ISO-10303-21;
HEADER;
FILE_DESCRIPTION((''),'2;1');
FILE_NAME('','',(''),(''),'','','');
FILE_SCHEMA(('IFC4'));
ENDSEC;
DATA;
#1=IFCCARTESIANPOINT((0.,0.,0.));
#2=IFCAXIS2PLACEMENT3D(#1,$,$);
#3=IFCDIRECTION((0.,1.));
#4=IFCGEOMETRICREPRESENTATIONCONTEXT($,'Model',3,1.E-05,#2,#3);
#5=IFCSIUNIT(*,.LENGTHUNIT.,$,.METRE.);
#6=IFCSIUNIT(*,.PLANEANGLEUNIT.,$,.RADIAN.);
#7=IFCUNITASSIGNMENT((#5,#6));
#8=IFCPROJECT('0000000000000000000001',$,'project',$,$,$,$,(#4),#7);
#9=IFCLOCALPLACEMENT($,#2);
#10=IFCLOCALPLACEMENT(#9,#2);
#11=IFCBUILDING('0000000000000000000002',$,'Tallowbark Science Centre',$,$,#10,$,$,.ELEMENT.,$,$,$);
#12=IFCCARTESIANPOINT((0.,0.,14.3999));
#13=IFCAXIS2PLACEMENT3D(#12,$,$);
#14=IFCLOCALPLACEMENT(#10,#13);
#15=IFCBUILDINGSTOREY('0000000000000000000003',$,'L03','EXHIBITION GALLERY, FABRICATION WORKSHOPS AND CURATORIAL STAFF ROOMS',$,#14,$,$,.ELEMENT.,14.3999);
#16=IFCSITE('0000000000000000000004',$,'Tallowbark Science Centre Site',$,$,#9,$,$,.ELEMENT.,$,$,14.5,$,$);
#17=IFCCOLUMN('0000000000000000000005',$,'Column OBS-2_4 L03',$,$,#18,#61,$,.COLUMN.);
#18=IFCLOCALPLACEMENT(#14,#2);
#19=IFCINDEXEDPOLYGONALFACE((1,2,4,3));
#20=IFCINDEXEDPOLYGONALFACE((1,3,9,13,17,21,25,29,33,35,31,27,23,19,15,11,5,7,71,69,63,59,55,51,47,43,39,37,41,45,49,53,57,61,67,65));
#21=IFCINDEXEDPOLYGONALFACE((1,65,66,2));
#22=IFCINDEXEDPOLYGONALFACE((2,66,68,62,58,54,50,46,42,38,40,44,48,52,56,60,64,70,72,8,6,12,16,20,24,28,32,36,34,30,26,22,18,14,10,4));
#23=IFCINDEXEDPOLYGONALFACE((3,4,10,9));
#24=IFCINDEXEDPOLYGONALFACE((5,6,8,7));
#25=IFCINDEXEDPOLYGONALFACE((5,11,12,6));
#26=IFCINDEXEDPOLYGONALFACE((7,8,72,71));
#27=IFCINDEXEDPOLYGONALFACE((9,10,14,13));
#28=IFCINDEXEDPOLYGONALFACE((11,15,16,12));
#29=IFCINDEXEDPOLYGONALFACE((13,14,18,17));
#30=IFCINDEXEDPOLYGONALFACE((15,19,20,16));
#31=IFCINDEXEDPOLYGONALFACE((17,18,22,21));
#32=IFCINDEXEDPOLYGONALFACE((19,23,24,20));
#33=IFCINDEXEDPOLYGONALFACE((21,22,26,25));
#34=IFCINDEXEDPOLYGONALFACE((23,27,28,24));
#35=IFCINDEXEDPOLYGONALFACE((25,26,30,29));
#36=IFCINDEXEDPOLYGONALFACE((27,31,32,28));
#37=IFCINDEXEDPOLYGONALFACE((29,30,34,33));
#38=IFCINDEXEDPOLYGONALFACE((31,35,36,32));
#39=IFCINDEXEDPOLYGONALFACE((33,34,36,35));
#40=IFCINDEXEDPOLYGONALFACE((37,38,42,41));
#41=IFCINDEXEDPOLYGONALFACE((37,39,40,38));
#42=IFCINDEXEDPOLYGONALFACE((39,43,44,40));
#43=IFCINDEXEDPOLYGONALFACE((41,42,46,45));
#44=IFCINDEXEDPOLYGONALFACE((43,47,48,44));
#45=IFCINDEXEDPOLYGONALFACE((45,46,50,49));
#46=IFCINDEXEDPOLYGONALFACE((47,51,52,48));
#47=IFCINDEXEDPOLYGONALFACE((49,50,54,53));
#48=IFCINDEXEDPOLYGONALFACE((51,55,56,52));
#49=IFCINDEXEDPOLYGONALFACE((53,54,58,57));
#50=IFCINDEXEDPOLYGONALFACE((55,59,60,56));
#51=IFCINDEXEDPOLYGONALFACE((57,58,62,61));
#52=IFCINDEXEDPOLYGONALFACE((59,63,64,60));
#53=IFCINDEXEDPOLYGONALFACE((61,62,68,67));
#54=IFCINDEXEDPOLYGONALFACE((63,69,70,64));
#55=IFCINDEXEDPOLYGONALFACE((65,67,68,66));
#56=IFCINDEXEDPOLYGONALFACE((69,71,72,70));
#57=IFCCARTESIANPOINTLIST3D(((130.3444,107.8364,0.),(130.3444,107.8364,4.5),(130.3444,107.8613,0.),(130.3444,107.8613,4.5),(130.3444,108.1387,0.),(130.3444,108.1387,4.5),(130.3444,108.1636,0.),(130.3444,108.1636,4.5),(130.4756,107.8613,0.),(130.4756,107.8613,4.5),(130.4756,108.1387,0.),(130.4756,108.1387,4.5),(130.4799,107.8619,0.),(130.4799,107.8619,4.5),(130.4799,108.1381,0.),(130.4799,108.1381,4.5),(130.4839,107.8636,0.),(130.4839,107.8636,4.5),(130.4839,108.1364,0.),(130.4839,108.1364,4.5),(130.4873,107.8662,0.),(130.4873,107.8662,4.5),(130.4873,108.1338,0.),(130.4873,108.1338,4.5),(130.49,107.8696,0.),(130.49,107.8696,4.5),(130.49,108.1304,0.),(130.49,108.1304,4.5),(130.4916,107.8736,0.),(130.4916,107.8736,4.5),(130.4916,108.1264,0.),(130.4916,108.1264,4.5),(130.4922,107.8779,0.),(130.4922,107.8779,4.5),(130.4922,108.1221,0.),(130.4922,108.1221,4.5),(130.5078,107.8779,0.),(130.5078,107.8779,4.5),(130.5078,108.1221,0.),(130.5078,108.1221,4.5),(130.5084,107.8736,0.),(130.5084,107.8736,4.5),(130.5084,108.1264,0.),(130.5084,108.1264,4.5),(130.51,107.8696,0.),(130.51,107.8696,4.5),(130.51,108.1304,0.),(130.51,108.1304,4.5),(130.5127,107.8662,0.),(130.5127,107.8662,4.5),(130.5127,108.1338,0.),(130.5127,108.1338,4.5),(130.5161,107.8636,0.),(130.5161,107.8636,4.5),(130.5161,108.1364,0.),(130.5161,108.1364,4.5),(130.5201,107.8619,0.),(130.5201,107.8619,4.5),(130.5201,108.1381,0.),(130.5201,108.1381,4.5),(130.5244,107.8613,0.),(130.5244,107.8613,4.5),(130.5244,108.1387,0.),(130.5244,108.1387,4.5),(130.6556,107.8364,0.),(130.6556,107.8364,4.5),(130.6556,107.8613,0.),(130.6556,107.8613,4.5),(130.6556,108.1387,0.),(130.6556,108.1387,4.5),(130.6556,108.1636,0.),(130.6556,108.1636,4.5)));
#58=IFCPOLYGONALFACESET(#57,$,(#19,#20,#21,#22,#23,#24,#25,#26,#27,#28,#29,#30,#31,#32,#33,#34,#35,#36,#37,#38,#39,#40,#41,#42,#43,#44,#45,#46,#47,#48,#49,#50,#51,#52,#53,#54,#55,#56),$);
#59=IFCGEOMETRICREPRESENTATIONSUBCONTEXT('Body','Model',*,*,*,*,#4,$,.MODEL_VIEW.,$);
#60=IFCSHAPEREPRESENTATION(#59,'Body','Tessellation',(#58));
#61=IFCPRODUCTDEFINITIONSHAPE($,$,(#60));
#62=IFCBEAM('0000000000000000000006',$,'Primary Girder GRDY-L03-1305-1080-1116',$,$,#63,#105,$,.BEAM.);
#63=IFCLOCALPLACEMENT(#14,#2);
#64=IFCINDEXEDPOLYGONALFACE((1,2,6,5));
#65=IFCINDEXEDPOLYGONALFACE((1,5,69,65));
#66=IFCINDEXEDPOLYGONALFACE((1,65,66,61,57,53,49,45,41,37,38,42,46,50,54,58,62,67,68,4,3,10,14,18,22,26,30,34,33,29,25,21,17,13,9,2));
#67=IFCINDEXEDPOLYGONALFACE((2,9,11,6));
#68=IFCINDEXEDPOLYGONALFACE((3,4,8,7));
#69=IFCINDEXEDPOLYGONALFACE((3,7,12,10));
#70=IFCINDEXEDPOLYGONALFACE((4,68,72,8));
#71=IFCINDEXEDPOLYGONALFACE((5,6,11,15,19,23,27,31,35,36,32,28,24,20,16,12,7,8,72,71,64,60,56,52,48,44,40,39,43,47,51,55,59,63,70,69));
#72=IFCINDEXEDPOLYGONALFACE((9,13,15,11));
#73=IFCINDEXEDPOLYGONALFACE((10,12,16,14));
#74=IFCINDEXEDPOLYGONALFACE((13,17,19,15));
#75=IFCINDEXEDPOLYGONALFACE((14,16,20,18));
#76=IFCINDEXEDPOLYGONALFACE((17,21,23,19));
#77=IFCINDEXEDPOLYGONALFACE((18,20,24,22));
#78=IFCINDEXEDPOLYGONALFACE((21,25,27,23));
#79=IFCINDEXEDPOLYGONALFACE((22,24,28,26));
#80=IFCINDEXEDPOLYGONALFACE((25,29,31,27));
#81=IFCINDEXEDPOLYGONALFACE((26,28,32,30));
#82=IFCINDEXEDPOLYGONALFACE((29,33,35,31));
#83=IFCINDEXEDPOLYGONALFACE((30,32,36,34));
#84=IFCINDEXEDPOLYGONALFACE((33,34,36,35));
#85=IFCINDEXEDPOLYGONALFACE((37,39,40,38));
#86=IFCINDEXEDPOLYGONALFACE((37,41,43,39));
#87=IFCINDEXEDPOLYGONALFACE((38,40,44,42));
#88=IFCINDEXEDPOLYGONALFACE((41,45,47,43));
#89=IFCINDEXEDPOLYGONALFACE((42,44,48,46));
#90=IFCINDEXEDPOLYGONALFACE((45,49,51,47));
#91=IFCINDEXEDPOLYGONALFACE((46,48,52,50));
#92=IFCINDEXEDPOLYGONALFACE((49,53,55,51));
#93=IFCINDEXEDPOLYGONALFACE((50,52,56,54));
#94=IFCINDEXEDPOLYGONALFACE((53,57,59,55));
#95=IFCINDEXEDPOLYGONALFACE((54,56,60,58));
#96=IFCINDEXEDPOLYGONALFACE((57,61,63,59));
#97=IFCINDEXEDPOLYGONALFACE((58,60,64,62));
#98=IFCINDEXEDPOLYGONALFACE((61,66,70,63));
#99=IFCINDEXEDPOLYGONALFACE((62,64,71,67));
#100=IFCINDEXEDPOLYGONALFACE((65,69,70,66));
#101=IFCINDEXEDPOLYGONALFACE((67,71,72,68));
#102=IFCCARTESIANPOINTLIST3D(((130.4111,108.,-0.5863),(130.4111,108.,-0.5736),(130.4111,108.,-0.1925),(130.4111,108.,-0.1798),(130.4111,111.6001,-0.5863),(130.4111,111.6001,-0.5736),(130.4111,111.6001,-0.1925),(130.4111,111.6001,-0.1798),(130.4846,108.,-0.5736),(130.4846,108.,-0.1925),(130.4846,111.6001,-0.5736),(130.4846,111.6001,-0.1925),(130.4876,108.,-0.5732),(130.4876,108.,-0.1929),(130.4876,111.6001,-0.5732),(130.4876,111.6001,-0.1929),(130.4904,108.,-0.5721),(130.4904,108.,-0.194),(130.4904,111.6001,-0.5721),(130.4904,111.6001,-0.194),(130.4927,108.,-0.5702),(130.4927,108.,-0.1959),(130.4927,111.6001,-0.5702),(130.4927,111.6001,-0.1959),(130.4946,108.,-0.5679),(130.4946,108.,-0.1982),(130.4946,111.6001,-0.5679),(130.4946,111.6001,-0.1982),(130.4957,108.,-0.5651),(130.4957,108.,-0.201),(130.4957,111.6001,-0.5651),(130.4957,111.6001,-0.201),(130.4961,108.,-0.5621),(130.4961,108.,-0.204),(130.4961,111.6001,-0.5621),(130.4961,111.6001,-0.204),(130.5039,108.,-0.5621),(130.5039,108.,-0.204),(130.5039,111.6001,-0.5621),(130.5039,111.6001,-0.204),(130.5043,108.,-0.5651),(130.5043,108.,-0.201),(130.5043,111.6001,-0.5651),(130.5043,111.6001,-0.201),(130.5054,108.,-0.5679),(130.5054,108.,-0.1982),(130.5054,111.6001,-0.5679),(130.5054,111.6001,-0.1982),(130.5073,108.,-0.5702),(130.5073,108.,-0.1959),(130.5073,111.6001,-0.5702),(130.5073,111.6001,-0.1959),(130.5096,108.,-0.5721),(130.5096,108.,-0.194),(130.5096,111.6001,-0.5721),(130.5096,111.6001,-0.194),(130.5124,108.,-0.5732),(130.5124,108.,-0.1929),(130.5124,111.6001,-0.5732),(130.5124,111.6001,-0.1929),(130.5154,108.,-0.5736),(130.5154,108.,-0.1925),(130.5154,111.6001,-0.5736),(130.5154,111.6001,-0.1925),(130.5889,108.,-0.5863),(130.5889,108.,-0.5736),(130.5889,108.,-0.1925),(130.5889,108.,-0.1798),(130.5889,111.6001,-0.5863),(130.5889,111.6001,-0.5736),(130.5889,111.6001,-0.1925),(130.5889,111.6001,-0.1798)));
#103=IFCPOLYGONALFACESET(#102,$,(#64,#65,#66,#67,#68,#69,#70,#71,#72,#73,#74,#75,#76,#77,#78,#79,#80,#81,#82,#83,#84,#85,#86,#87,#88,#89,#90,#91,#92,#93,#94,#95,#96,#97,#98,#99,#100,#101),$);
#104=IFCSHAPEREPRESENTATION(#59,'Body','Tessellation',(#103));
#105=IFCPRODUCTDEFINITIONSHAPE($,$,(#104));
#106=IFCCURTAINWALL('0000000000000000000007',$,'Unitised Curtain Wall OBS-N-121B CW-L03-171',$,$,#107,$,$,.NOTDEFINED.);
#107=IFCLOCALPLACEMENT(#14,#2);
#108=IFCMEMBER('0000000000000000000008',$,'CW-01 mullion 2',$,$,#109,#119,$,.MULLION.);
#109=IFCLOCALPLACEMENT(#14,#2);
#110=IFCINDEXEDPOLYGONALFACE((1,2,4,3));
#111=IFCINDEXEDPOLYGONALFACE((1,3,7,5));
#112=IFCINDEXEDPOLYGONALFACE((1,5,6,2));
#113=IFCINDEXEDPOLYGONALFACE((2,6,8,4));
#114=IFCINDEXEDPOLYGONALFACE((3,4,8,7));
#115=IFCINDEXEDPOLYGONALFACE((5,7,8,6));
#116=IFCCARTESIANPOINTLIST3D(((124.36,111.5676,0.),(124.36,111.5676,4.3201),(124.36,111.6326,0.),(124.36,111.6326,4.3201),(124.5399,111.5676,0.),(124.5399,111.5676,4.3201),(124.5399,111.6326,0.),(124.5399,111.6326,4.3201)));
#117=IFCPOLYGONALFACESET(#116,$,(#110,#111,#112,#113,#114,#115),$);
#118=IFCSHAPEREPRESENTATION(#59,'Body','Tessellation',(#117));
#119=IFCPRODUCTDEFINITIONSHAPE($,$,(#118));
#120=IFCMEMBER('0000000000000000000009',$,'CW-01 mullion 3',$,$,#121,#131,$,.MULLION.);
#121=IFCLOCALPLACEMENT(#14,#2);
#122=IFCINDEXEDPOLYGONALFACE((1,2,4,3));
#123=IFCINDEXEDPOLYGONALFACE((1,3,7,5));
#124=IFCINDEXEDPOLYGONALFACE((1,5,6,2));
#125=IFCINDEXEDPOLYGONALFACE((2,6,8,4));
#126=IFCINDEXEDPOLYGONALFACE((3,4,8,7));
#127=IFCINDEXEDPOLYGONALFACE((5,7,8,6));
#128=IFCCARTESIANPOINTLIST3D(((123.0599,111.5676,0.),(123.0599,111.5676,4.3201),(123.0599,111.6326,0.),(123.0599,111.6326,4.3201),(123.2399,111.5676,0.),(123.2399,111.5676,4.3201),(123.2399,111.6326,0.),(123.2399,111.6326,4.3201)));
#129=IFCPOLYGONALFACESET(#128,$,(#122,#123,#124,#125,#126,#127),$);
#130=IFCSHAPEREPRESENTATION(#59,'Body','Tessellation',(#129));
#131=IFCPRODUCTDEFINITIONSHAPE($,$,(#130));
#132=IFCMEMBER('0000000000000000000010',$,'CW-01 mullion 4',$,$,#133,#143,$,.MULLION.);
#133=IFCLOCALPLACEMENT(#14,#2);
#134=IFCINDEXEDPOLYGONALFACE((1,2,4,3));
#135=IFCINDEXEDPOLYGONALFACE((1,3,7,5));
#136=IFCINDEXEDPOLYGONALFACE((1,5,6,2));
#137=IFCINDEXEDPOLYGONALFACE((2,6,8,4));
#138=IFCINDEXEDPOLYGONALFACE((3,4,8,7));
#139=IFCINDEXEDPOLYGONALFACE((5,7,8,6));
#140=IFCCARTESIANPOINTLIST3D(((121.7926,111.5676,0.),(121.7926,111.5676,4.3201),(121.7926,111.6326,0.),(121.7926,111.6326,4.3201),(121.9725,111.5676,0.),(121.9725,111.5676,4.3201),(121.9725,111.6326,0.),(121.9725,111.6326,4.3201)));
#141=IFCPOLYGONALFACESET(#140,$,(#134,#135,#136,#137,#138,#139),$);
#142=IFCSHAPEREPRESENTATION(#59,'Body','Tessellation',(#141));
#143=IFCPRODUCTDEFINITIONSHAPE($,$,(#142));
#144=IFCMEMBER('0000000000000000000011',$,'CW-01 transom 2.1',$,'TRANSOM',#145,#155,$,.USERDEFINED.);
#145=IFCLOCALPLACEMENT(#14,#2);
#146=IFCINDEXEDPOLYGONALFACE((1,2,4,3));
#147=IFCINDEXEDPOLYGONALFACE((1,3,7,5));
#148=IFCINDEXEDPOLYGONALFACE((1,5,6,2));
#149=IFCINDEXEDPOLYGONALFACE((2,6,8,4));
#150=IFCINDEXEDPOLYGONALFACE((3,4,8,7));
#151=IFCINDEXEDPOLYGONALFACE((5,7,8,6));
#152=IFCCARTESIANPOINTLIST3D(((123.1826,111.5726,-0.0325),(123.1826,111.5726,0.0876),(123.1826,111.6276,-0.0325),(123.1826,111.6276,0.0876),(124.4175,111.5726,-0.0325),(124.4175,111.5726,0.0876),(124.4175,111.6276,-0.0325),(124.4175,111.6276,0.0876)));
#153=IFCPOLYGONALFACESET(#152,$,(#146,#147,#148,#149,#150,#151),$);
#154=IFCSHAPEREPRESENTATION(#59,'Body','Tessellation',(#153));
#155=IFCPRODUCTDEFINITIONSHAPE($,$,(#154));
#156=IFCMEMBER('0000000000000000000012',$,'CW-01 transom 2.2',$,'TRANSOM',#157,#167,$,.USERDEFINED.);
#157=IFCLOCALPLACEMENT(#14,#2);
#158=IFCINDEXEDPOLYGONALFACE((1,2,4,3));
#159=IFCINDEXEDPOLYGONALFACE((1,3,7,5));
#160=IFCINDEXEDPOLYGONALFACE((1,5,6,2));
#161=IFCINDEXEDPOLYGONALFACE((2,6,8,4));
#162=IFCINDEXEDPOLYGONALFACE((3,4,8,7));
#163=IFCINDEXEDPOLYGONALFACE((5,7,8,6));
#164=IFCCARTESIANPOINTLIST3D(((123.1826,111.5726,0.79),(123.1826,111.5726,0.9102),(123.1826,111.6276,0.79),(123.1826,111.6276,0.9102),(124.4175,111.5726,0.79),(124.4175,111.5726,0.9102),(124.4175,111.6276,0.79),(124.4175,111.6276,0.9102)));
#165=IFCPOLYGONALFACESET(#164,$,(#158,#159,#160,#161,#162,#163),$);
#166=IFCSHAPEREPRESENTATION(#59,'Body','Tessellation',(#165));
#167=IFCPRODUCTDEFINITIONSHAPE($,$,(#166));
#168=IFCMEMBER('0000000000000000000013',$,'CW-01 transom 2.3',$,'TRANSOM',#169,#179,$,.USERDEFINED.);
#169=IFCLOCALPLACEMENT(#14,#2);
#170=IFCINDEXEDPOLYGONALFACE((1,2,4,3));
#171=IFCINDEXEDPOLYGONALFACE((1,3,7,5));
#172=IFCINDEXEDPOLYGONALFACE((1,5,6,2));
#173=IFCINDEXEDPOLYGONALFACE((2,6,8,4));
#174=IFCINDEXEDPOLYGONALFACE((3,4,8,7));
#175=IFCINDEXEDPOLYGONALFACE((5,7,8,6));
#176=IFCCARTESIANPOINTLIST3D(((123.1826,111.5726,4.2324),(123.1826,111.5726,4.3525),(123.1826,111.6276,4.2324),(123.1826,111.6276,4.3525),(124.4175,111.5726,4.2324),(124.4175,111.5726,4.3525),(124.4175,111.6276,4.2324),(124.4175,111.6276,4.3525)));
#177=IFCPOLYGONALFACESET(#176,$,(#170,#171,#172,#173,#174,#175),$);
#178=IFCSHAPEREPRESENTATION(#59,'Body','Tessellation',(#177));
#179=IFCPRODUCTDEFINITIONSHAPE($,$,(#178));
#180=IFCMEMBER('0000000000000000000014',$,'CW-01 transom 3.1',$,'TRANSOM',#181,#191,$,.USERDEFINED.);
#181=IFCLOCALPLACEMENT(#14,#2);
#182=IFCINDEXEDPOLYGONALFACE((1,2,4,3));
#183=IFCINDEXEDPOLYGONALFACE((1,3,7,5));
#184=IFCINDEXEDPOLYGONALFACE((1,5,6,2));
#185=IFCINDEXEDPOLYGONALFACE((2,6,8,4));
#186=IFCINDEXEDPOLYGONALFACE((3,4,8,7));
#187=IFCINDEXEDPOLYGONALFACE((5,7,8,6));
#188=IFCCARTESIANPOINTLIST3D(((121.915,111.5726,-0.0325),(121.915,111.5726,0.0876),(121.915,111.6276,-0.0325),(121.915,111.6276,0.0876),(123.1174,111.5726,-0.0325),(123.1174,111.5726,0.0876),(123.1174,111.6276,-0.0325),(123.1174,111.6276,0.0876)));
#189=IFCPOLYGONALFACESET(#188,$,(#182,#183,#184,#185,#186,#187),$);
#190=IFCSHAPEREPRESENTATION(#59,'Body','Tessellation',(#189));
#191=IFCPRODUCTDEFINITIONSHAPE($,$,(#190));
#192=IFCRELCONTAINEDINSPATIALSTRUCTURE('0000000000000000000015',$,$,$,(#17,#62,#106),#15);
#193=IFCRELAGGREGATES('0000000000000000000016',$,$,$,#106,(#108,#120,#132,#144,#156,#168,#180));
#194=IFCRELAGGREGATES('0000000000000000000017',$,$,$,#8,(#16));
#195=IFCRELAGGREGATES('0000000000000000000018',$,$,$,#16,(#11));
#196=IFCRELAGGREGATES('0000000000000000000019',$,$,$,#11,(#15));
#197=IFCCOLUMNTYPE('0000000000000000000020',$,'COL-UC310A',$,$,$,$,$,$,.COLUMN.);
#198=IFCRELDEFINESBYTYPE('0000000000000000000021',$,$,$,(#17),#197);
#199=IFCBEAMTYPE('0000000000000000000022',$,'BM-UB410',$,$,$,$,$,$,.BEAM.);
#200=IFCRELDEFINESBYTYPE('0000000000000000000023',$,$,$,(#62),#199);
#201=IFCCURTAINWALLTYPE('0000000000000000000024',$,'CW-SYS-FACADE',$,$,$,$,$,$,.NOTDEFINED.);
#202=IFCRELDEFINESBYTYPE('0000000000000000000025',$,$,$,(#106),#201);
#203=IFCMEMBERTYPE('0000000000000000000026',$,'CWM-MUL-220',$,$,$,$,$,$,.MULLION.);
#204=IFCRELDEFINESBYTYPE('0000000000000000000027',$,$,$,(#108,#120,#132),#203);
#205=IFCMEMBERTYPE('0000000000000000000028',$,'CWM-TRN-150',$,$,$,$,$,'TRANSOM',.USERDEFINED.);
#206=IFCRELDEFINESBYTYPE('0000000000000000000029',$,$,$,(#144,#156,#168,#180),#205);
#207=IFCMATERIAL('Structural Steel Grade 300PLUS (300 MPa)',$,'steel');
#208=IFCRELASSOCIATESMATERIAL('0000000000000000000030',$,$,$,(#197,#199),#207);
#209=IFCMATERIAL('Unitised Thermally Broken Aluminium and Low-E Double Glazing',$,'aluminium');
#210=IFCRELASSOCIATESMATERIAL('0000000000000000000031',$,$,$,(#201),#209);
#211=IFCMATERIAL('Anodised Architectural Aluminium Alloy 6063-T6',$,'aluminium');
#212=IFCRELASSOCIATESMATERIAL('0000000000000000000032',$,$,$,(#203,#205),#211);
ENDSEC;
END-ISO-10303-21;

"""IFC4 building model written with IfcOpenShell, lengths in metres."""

from ifc_helpers import new_model, si_unit, direction, frame, origin, origin_2d, place, context, subcontext, project, spatial, rectangle, i_section, extrude, material, material_profile, profile_set, type_object, element, aggregate, save


model = new_model("IFC4")

# Units and contexts
model_context = context("Model", 3, precision=1e-05, world=origin(), true_north=direction((0.0, 1.0)))
body_context = subcontext(model_context, "Body", "Model", "MODEL_VIEW")
ifc_project = project(units=[si_unit("LENGTHUNIT", "METRE"), si_unit("PLANEANGLEUNIT", "RADIAN")], contexts=[model_context])

# Site, building, storey
site_placement = place(None, origin())
site = spatial("IfcSite", under=ifc_project, at=site_placement, Name="Tallowbark Science Centre Site", CompositionType="ELEMENT", RefElevation=14.5)
building_placement = place(site_placement, origin())
building = spatial("IfcBuilding", under=site, at=building_placement, Name="Tallowbark Science Centre", CompositionType="ELEMENT")
storey_placement = place(building_placement, frame((0.0, 0.0, 14.3999)))
storey = spatial("IfcBuildingStorey", under=building, at=storey_placement, Name="L03", Description="EXHIBITION GALLERY, FABRICATION WORKSHOPS AND CURATORIAL STAFF ROOMS", CompositionType="ELEMENT", Elevation=14.3999)

# Column
ifc_material_1 = material(Name="Structural Steel Grade 300PLUS (300 MPa)", Category="steel")
ifc_material_profile_1 = material_profile(ifc_material_1, i_section(OverallWidth=0.3113, OverallDepth=0.3271, WebThickness=0.0156, FlangeThickness=0.0249, FilletRadius=0.0166, at=origin_2d()), Name="310UC158")
ifc_profile_set_1 = profile_set([ifc_material_profile_1], Name="Structural Steel Grade 300PLUS (300 MPa)")
column_type = type_object("IfcColumnType", Name="COL-UC310A", PredefinedType="COLUMN", material=ifc_profile_set_1)
column_placement = place(storey_placement, frame((130.5, 108.0, 0.0), z_axis=(0.0, 0.0, 1.0), x_axis=(1.0, 0.0, 0.0)))
element("IfcColumn", 1, at=column_placement, inside=storey, type_object=column_type, Name="Column OBS-2_4 L03", PredefinedType="COLUMN", context=body_context, shape_type="SweptSolid", body=[
    extrude(i_section(OverallWidth=0.3113, OverallDepth=0.3271, WebThickness=0.0156, FlangeThickness=0.0249, FilletRadius=0.0166, at=origin_2d()), origin(), (0.0, 0.0, 1.0), 4.5),
])

# Beam
ifc_material_profile_2 = material_profile(ifc_material_1, i_section(OverallWidth=0.1777, OverallDepth=0.4065, WebThickness=0.0078, FlangeThickness=0.0127, FilletRadius=0.0115, at=origin_2d()), Name="410UB59.7")
ifc_profile_set_2 = profile_set([ifc_material_profile_2], Name="Structural Steel Grade 300PLUS (300 MPa)")
beam_type_1 = type_object("IfcBeamType", Name="BM-UB410", PredefinedType="BEAM", material=ifc_profile_set_2)
beam_placement = place(storey_placement, frame((130.5, 108.0, -0.3831), z_axis=(0.0, 1.0, 0.0), x_axis=(-1.0, 0.0, 0.0)))
element("IfcBeam", 2, at=beam_placement, inside=storey, type_object=beam_type_1, Name="Primary Girder GRDY-L03-1305-1080-1116", PredefinedType="BEAM", context=body_context, shape_type="SweptSolid", body=[
    extrude(i_section(OverallWidth=0.1777, OverallDepth=0.4065, WebThickness=0.0078, FlangeThickness=0.0127, FilletRadius=0.0115, at=origin_2d()), origin(), (0.0, 0.0, 1.0), 3.6001),
])

# Curtain wall, members
ifc_material_2 = material(Name="Unitised Thermally Broken Aluminium and Low-E Double Glazing", Category="aluminium")
curtain_wall_type = type_object("IfcCurtainWallType", Name="CW-SYS-FACADE", PredefinedType="NOTDEFINED", material=ifc_material_2)
curtain_wall_placement = place(storey_placement, origin())
curtain_wall = element("IfcCurtainWall", 3, at=curtain_wall_placement, inside=storey, type_object=curtain_wall_type, Name="Unitised Curtain Wall OBS-N-121B CW-L03-171", PredefinedType="NOTDEFINED")
ifc_material_3 = material(Name="Anodised Architectural Aluminium Alloy 6063-T6", Category="aluminium")
ifc_material_profile_3 = material_profile(ifc_material_3, rectangle(XDim=0.0649, YDim=0.1799, at=origin_2d()), Name="ALU65x180")
ifc_profile_set_3 = profile_set([ifc_material_profile_3], Name="Anodised Architectural Aluminium Alloy 6063-T6")
member_type_1 = type_object("IfcMemberType", Name="CWM-MUL-220", PredefinedType="MULLION", material=ifc_profile_set_3)
member_1_placement = place(storey_placement, frame((124.45, 111.6001, 0.0), z_axis=(0.0, 0.0, 1.0), x_axis=(0.0, -1.0, 0.0)))
member_1 = element("IfcMember", 4, at=member_1_placement, type_object=member_type_1, Name="CW-01 mullion 2", PredefinedType="MULLION", context=body_context, shape_type="SweptSolid", body=[
    extrude(rectangle(XDim=0.0649, YDim=0.1799, at=origin_2d()), origin(), (0.0, 0.0, 1.0), 4.3201),
])
member_2_placement = place(storey_placement, frame((123.1499, 111.6001, 0.0), z_axis=(0.0, 0.0, 1.0), x_axis=(0.0, -1.0, 0.0)))
member_2 = element("IfcMember", 5, at=member_2_placement, type_object=member_type_1, Name="CW-01 mullion 3", PredefinedType="MULLION", context=body_context, shape_type="SweptSolid", body=[
    extrude(rectangle(XDim=0.0649, YDim=0.1799, at=origin_2d()), origin(), (0.0, 0.0, 1.0), 4.3201),
])
member_3_placement = place(storey_placement, frame((121.8826, 111.6001, 0.0), z_axis=(0.0, 0.0, 1.0), x_axis=(0.0, -1.0, 0.0)))
member_3 = element("IfcMember", 6, at=member_3_placement, type_object=member_type_1, Name="CW-01 mullion 4", PredefinedType="MULLION", context=body_context, shape_type="SweptSolid", body=[
    extrude(rectangle(XDim=0.0649, YDim=0.1799, at=origin_2d()), origin(), (0.0, 0.0, 1.0), 4.3201),
])
ifc_material_profile_4 = material_profile(ifc_material_3, rectangle(XDim=0.0549, YDim=0.1201, at=origin_2d()), Name="ALU55x120")
ifc_profile_set_4 = profile_set([ifc_material_profile_4], Name="Anodised Architectural Aluminium Alloy 6063-T6")
member_type_2 = type_object("IfcMemberType", Name="CWM-TRN-150", ElementType="TRANSOM", PredefinedType="USERDEFINED", material=ifc_profile_set_4)
member_4_placement = place(storey_placement, frame((124.4175, 111.6001, 0.0276), z_axis=(-1.0, 0.0, 0.0), x_axis=(0.0, -1.0, 0.0)))
member_4 = element("IfcMember", 7, at=member_4_placement, type_object=member_type_2, Name="CW-01 transom 2.1", ObjectType="TRANSOM", PredefinedType="USERDEFINED", context=body_context, shape_type="SweptSolid", body=[
    extrude(rectangle(XDim=0.0549, YDim=0.1201, at=origin_2d()), origin(), (0.0, 0.0, 1.0), 1.2349),
])
member_5_placement = place(storey_placement, frame((124.4175, 111.6001, 0.8501), z_axis=(-1.0, 0.0, 0.0), x_axis=(0.0, -1.0, 0.0)))
member_5 = element("IfcMember", 8, at=member_5_placement, type_object=member_type_2, Name="CW-01 transom 2.2", ObjectType="TRANSOM", PredefinedType="USERDEFINED", context=body_context, shape_type="SweptSolid", body=[
    extrude(rectangle(XDim=0.0549, YDim=0.1201, at=origin_2d()), origin(), (0.0, 0.0, 1.0), 1.2349),
])
member_6_placement = place(storey_placement, frame((124.4175, 111.6001, 4.2925), z_axis=(-1.0, 0.0, 0.0), x_axis=(0.0, -1.0, 0.0)))
member_6 = element("IfcMember", 9, at=member_6_placement, type_object=member_type_2, Name="CW-01 transom 2.3", ObjectType="TRANSOM", PredefinedType="USERDEFINED", context=body_context, shape_type="SweptSolid", body=[
    extrude(rectangle(XDim=0.0549, YDim=0.1201, at=origin_2d()), origin(), (0.0, 0.0, 1.0), 1.2349),
])
member_7_placement = place(storey_placement, frame((123.1174, 111.6001, 0.0276), z_axis=(-1.0, 0.0, 0.0), x_axis=(0.0, -1.0, 0.0)))
member_7 = element("IfcMember", 10, at=member_7_placement, type_object=member_type_2, Name="CW-01 transom 3.1", ObjectType="TRANSOM", PredefinedType="USERDEFINED", context=body_context, shape_type="SweptSolid", body=[
    extrude(rectangle(XDim=0.0549, YDim=0.1201, at=origin_2d()), origin(), (0.0, 0.0, 1.0), 1.2024),
])

aggregate(curtain_wall, [member_1, member_2, member_3, member_4, member_5, member_6, member_7])

save(model, "model.ifc")
